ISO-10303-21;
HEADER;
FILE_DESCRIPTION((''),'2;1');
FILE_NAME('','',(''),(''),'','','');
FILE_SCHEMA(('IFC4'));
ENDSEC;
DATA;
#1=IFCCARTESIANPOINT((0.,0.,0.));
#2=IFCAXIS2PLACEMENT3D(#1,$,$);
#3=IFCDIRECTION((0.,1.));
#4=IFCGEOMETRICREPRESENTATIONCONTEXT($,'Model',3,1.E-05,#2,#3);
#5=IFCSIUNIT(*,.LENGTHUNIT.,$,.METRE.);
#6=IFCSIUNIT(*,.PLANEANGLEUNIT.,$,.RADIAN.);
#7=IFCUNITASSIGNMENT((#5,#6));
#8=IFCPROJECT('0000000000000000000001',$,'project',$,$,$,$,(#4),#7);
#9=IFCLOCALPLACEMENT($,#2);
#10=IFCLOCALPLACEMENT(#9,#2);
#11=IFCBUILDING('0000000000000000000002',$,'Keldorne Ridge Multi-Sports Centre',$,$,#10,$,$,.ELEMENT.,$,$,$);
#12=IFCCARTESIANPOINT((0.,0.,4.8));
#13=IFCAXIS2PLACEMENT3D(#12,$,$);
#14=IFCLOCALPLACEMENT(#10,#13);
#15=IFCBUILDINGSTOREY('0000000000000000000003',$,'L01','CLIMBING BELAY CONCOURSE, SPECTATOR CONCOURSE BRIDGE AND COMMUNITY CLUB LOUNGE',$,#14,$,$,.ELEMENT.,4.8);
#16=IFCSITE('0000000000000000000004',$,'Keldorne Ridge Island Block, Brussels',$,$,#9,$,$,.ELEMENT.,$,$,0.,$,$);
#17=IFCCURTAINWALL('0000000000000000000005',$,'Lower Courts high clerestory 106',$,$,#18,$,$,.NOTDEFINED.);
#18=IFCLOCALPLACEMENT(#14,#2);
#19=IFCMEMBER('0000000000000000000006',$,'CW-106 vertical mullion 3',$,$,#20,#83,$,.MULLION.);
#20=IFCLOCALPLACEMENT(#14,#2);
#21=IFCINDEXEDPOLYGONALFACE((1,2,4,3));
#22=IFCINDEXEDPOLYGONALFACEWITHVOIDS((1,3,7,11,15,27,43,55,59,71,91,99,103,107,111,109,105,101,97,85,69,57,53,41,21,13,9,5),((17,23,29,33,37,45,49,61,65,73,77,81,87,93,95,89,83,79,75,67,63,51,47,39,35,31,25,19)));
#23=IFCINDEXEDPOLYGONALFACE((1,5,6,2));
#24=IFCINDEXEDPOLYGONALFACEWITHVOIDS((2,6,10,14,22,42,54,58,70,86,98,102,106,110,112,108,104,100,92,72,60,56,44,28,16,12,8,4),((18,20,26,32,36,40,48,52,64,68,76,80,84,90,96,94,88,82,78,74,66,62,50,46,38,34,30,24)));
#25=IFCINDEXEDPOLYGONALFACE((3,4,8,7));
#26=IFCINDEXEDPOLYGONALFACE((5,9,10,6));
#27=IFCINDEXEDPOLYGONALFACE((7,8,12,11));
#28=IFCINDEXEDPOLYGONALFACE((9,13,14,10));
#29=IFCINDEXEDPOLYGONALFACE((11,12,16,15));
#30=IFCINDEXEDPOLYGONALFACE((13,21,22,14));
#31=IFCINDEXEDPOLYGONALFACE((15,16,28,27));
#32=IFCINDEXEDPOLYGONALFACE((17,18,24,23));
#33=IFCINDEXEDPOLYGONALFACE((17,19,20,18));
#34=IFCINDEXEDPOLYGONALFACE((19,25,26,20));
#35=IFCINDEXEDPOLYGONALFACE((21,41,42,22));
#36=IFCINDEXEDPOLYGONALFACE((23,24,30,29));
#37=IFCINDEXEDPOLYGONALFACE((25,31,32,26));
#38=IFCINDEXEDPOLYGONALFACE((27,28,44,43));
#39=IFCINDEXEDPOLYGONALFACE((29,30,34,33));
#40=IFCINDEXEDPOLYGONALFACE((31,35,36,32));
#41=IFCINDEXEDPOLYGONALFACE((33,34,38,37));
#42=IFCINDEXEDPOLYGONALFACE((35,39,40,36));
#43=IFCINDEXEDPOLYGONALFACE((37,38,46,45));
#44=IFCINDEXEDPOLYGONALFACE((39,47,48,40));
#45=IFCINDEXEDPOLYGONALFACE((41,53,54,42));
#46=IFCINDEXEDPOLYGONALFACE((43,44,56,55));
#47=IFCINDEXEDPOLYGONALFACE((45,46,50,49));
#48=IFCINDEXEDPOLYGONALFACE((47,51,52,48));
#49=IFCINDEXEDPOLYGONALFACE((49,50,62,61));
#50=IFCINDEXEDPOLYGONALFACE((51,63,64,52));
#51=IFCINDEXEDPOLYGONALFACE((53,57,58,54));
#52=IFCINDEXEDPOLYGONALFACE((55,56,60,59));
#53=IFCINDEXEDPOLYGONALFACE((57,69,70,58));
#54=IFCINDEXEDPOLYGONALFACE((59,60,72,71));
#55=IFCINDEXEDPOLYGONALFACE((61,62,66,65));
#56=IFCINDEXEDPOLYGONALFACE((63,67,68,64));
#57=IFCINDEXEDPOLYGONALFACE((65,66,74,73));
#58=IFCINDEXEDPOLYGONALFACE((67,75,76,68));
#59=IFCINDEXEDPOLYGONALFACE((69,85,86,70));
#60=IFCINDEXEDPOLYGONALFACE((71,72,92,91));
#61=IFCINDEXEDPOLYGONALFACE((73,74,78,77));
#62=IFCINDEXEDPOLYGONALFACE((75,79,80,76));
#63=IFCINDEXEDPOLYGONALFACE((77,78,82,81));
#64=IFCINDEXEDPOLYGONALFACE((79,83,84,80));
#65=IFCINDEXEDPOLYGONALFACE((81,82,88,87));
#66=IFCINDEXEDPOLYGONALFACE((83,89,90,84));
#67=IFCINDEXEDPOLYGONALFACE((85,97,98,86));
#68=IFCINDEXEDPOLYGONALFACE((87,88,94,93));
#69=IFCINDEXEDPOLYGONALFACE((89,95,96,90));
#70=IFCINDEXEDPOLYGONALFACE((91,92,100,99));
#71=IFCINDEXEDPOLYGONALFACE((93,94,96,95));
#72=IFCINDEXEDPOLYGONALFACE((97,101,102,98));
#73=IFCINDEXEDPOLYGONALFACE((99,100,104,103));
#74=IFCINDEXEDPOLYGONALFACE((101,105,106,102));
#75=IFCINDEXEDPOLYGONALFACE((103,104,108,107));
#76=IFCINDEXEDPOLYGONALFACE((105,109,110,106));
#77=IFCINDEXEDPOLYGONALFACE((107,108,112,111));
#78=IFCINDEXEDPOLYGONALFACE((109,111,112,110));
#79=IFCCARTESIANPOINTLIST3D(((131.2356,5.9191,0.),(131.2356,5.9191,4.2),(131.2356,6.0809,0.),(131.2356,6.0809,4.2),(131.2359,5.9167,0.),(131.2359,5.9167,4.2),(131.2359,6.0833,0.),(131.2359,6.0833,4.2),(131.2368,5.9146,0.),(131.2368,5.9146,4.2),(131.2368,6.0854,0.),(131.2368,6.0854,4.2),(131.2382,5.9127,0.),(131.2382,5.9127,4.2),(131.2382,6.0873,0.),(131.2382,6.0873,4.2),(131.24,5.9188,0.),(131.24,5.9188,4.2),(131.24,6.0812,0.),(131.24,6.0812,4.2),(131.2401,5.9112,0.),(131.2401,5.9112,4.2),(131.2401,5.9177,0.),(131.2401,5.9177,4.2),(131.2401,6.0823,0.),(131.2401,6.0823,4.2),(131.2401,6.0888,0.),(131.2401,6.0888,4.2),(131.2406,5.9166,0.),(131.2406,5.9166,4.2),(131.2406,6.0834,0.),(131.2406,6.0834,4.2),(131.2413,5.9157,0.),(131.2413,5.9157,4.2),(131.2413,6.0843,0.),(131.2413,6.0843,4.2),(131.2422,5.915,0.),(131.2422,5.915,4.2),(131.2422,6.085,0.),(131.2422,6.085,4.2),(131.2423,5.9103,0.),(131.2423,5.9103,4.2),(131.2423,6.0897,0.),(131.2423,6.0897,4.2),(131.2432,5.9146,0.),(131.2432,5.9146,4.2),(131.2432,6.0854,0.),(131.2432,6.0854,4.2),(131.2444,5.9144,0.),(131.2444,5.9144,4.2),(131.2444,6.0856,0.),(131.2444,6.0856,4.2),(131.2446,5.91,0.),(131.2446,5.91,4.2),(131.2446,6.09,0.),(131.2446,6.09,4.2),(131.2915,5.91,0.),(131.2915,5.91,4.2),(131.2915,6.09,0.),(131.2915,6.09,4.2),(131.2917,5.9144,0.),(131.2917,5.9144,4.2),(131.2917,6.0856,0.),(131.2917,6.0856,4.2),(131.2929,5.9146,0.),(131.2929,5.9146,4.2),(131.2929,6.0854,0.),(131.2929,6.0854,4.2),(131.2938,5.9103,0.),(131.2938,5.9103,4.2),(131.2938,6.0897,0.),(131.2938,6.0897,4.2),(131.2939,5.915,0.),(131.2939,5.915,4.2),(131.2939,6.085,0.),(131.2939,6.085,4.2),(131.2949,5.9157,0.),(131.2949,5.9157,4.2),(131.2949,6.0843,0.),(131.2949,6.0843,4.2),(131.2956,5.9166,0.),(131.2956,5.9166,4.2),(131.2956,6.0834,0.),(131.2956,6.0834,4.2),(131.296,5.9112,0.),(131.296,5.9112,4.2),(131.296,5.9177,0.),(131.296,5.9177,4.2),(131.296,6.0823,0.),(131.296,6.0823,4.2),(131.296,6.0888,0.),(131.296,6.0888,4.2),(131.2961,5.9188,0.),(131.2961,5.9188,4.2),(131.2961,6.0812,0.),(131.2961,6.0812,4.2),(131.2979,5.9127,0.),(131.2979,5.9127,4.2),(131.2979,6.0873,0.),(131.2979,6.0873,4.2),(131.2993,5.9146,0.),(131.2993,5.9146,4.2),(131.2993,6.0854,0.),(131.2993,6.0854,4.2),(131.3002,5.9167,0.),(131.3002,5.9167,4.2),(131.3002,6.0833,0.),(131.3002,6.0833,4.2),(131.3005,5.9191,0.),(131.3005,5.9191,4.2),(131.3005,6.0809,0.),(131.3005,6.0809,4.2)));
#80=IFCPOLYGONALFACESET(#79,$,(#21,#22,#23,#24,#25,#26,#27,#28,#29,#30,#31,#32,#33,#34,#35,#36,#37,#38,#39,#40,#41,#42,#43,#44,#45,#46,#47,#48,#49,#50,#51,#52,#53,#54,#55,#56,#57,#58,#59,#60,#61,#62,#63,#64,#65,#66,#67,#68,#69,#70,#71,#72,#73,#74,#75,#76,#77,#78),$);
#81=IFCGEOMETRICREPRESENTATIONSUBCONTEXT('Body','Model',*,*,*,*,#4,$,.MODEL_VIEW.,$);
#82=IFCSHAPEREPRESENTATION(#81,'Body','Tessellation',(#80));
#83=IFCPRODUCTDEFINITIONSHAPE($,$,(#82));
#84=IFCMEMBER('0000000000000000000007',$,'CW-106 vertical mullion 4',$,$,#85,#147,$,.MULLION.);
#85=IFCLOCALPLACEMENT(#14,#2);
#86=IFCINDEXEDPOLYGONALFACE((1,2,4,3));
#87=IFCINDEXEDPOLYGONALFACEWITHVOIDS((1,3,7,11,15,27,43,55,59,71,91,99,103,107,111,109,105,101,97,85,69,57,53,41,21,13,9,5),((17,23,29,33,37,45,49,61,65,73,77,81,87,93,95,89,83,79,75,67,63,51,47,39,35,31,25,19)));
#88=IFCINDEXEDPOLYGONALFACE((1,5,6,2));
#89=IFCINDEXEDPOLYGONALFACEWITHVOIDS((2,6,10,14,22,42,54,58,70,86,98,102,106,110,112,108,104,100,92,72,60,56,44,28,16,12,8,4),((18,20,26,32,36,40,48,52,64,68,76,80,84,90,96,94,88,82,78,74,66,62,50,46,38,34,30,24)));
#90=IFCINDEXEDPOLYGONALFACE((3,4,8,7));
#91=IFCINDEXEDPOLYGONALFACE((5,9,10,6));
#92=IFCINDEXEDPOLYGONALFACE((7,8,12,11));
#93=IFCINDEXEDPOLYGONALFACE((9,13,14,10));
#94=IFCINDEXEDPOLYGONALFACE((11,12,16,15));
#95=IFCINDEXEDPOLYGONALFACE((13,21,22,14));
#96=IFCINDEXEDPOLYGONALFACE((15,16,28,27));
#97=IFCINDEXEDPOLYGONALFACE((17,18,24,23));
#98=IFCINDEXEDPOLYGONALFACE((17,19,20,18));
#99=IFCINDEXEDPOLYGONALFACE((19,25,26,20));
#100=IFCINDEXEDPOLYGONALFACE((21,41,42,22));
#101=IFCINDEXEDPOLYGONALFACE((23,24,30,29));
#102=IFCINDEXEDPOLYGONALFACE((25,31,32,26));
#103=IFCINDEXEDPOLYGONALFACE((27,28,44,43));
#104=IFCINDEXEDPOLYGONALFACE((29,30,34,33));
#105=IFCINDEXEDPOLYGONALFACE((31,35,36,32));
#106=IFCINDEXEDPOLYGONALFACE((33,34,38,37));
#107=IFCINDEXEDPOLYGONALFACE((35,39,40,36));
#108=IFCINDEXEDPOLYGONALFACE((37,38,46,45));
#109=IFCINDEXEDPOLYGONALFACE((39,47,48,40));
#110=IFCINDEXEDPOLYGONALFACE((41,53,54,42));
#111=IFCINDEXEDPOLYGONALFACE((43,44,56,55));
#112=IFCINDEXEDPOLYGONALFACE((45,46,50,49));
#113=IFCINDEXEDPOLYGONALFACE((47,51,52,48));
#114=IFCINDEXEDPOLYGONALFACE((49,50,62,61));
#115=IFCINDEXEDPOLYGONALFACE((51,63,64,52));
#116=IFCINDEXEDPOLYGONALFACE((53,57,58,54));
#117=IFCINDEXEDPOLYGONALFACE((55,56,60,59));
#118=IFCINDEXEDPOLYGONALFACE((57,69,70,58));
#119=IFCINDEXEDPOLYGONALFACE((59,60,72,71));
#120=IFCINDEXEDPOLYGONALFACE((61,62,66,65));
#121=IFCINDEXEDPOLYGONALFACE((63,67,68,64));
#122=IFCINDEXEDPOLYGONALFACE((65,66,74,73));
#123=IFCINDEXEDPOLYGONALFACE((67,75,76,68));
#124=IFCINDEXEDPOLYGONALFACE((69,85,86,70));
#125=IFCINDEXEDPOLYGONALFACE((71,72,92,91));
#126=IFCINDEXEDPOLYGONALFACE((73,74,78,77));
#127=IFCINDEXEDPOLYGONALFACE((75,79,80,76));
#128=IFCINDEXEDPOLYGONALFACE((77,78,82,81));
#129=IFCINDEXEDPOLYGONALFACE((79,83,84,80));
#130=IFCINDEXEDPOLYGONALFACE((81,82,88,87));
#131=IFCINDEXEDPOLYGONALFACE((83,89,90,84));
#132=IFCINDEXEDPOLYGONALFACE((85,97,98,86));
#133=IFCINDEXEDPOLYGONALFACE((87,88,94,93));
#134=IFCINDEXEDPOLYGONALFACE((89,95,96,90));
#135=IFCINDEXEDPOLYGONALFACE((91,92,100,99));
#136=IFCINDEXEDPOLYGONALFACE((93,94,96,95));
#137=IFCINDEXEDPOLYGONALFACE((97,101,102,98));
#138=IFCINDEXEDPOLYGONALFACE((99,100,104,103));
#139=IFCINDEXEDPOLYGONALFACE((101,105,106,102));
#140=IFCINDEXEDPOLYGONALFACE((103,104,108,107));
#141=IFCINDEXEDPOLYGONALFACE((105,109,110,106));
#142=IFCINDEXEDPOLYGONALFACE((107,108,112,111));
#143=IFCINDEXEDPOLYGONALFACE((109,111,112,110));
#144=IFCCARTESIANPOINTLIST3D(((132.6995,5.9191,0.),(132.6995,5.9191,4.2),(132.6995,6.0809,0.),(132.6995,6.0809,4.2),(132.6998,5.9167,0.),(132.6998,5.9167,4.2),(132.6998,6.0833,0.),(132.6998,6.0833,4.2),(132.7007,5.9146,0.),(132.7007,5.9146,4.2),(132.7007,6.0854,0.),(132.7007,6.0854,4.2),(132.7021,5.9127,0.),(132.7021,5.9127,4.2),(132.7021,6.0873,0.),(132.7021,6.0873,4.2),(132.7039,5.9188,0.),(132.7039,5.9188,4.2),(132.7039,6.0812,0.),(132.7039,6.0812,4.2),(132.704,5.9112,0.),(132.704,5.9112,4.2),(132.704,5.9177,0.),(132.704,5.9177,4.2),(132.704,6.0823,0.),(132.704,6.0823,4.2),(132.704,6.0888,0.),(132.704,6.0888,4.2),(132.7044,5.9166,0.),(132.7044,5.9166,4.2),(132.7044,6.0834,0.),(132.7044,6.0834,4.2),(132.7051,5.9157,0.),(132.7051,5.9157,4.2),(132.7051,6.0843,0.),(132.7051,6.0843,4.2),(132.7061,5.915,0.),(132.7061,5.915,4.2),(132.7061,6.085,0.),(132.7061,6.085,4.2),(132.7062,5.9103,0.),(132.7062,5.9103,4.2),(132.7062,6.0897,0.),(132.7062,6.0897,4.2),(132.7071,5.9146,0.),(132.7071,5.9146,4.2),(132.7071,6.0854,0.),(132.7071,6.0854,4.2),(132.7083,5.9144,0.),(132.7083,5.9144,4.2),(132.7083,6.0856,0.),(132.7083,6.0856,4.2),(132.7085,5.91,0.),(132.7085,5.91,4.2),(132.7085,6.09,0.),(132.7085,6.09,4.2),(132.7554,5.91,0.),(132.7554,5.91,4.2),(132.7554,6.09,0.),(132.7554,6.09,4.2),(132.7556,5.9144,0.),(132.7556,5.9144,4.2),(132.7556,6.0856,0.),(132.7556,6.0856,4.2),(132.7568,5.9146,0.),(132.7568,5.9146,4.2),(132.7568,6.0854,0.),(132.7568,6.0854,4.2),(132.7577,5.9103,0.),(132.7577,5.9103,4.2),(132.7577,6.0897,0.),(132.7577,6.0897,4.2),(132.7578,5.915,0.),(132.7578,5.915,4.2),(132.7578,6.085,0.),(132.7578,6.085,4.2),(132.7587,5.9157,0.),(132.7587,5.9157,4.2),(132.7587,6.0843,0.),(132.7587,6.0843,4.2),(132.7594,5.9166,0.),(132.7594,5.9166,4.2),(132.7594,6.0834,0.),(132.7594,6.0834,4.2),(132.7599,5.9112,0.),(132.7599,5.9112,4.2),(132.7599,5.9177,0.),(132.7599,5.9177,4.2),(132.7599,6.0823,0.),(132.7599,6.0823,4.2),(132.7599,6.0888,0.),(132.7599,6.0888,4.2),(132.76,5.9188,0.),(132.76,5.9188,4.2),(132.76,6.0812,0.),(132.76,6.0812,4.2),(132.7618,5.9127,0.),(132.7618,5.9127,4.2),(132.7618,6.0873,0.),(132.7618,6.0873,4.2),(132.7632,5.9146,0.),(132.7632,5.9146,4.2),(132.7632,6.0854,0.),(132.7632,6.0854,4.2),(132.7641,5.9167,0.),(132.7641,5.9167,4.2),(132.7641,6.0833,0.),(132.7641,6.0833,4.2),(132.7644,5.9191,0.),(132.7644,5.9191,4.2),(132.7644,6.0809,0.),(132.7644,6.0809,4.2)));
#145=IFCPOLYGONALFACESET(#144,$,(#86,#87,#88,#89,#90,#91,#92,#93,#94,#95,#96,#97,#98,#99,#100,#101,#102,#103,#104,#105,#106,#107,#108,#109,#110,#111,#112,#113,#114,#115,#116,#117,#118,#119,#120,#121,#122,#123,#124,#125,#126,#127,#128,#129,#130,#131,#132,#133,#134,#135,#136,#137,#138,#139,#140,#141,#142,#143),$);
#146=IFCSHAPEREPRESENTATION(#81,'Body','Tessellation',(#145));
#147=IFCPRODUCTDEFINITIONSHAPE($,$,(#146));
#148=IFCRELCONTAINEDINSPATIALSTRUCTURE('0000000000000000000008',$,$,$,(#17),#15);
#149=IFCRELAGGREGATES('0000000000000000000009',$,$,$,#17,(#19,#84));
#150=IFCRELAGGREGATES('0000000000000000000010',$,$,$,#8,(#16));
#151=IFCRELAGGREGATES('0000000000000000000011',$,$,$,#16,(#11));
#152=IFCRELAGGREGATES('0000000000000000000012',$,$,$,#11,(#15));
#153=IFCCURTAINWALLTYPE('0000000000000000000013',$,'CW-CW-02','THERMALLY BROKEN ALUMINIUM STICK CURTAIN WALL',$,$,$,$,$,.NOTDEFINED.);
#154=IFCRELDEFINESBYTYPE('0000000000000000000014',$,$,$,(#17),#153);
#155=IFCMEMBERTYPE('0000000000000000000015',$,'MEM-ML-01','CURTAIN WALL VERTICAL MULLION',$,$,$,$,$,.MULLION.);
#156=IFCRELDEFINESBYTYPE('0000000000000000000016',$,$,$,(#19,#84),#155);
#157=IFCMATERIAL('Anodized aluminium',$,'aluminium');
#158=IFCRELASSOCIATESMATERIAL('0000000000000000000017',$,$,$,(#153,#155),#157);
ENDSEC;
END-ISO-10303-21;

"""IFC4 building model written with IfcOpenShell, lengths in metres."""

from ifc_helpers import new_model, si_unit, direction, frame, origin, origin_2d, place, context, subcontext, project, spatial, hollow_rectangle, extrude, material, material_profile, profile_set, type_object, element, aggregate, save


model = new_model("IFC4")

# Units and contexts
model_context = context("Model", 3, precision=1e-05, world=origin(), true_north=direction((0.0, 1.0)))
body_context = subcontext(model_context, "Body", "Model", "MODEL_VIEW")
ifc_project = project(units=[si_unit("LENGTHUNIT", "METRE"), si_unit("PLANEANGLEUNIT", "RADIAN")], contexts=[model_context])

# Site, building, storey
site_placement = place(None, origin())
site = spatial("IfcSite", under=ifc_project, at=site_placement, Name="Keldorne Ridge Island Block, Brussels", CompositionType="ELEMENT", RefElevation=0.0)
building_placement = place(site_placement, origin())
building = spatial("IfcBuilding", under=site, at=building_placement, Name="Keldorne Ridge Multi-Sports Centre", CompositionType="ELEMENT")
storey_placement = place(building_placement, frame((0.0, 0.0, 4.8)))
storey = spatial("IfcBuildingStorey", under=building, at=storey_placement, Name="L01", Description="CLIMBING BELAY CONCOURSE, SPECTATOR CONCOURSE BRIDGE AND COMMUNITY CLUB LOUNGE", CompositionType="ELEMENT", Elevation=4.8)

# Curtain wall, members
ifc_material_1 = material(Name="Anodized aluminium", Category="aluminium")
curtain_wall_type = type_object("IfcCurtainWallType", Name="CW-CW-02", Description="THERMALLY BROKEN ALUMINIUM STICK CURTAIN WALL", PredefinedType="NOTDEFINED", material=ifc_material_1)
curtain_wall_placement = place(storey_placement, origin())
curtain_wall = element("IfcCurtainWall", 1, at=curtain_wall_placement, inside=storey, type_object=curtain_wall_type, Name="Lower Courts high clerestory 106", PredefinedType="NOTDEFINED")
ifc_material_profile_1 = material_profile(ifc_material_1, hollow_rectangle(XDim=0.0649, YDim=0.1799, WallThickness=0.0044, InnerFilletRadius=0.0044, OuterFilletRadius=0.009, at=origin_2d()), Name="ALU MULLION 180x65x4.5")
ifc_profile_set_1 = profile_set([ifc_material_profile_1], Name="Anodized aluminium")
member_type_1 = type_object("IfcMemberType", Name="MEM-ML-01", Description="CURTAIN WALL VERTICAL MULLION", PredefinedType="MULLION", material=ifc_profile_set_1)
member_1_placement = place(storey_placement, frame((131.2681, 6.0, 0.0), z_axis=(0.0, 0.0, 1.0), x_axis=(1.0, 0.0, 0.0)))
member_1 = element("IfcMember", 2, at=member_1_placement, type_object=member_type_1, Name="CW-106 vertical mullion 3", PredefinedType="MULLION", context=body_context, shape_type="SweptSolid", body=[
    extrude(hollow_rectangle(XDim=0.0649, YDim=0.1799, WallThickness=0.0044, InnerFilletRadius=0.0044, OuterFilletRadius=0.009, at=origin_2d()), origin(), (0.0, 0.0, 1.0), 4.2),
])
member_2_placement = place(storey_placement, frame((132.7319, 6.0, 0.0), z_axis=(0.0, 0.0, 1.0), x_axis=(1.0, 0.0, 0.0)))
member_2 = element("IfcMember", 3, at=member_2_placement, type_object=member_type_1, Name="CW-106 vertical mullion 4", PredefinedType="MULLION", context=body_context, shape_type="SweptSolid", body=[
    extrude(hollow_rectangle(XDim=0.0649, YDim=0.1799, WallThickness=0.0044, InnerFilletRadius=0.0044, OuterFilletRadius=0.009, at=origin_2d()), origin(), (0.0, 0.0, 1.0), 4.2),
])

aggregate(curtain_wall, [member_1, member_2])

save(model, "model.ifc")
